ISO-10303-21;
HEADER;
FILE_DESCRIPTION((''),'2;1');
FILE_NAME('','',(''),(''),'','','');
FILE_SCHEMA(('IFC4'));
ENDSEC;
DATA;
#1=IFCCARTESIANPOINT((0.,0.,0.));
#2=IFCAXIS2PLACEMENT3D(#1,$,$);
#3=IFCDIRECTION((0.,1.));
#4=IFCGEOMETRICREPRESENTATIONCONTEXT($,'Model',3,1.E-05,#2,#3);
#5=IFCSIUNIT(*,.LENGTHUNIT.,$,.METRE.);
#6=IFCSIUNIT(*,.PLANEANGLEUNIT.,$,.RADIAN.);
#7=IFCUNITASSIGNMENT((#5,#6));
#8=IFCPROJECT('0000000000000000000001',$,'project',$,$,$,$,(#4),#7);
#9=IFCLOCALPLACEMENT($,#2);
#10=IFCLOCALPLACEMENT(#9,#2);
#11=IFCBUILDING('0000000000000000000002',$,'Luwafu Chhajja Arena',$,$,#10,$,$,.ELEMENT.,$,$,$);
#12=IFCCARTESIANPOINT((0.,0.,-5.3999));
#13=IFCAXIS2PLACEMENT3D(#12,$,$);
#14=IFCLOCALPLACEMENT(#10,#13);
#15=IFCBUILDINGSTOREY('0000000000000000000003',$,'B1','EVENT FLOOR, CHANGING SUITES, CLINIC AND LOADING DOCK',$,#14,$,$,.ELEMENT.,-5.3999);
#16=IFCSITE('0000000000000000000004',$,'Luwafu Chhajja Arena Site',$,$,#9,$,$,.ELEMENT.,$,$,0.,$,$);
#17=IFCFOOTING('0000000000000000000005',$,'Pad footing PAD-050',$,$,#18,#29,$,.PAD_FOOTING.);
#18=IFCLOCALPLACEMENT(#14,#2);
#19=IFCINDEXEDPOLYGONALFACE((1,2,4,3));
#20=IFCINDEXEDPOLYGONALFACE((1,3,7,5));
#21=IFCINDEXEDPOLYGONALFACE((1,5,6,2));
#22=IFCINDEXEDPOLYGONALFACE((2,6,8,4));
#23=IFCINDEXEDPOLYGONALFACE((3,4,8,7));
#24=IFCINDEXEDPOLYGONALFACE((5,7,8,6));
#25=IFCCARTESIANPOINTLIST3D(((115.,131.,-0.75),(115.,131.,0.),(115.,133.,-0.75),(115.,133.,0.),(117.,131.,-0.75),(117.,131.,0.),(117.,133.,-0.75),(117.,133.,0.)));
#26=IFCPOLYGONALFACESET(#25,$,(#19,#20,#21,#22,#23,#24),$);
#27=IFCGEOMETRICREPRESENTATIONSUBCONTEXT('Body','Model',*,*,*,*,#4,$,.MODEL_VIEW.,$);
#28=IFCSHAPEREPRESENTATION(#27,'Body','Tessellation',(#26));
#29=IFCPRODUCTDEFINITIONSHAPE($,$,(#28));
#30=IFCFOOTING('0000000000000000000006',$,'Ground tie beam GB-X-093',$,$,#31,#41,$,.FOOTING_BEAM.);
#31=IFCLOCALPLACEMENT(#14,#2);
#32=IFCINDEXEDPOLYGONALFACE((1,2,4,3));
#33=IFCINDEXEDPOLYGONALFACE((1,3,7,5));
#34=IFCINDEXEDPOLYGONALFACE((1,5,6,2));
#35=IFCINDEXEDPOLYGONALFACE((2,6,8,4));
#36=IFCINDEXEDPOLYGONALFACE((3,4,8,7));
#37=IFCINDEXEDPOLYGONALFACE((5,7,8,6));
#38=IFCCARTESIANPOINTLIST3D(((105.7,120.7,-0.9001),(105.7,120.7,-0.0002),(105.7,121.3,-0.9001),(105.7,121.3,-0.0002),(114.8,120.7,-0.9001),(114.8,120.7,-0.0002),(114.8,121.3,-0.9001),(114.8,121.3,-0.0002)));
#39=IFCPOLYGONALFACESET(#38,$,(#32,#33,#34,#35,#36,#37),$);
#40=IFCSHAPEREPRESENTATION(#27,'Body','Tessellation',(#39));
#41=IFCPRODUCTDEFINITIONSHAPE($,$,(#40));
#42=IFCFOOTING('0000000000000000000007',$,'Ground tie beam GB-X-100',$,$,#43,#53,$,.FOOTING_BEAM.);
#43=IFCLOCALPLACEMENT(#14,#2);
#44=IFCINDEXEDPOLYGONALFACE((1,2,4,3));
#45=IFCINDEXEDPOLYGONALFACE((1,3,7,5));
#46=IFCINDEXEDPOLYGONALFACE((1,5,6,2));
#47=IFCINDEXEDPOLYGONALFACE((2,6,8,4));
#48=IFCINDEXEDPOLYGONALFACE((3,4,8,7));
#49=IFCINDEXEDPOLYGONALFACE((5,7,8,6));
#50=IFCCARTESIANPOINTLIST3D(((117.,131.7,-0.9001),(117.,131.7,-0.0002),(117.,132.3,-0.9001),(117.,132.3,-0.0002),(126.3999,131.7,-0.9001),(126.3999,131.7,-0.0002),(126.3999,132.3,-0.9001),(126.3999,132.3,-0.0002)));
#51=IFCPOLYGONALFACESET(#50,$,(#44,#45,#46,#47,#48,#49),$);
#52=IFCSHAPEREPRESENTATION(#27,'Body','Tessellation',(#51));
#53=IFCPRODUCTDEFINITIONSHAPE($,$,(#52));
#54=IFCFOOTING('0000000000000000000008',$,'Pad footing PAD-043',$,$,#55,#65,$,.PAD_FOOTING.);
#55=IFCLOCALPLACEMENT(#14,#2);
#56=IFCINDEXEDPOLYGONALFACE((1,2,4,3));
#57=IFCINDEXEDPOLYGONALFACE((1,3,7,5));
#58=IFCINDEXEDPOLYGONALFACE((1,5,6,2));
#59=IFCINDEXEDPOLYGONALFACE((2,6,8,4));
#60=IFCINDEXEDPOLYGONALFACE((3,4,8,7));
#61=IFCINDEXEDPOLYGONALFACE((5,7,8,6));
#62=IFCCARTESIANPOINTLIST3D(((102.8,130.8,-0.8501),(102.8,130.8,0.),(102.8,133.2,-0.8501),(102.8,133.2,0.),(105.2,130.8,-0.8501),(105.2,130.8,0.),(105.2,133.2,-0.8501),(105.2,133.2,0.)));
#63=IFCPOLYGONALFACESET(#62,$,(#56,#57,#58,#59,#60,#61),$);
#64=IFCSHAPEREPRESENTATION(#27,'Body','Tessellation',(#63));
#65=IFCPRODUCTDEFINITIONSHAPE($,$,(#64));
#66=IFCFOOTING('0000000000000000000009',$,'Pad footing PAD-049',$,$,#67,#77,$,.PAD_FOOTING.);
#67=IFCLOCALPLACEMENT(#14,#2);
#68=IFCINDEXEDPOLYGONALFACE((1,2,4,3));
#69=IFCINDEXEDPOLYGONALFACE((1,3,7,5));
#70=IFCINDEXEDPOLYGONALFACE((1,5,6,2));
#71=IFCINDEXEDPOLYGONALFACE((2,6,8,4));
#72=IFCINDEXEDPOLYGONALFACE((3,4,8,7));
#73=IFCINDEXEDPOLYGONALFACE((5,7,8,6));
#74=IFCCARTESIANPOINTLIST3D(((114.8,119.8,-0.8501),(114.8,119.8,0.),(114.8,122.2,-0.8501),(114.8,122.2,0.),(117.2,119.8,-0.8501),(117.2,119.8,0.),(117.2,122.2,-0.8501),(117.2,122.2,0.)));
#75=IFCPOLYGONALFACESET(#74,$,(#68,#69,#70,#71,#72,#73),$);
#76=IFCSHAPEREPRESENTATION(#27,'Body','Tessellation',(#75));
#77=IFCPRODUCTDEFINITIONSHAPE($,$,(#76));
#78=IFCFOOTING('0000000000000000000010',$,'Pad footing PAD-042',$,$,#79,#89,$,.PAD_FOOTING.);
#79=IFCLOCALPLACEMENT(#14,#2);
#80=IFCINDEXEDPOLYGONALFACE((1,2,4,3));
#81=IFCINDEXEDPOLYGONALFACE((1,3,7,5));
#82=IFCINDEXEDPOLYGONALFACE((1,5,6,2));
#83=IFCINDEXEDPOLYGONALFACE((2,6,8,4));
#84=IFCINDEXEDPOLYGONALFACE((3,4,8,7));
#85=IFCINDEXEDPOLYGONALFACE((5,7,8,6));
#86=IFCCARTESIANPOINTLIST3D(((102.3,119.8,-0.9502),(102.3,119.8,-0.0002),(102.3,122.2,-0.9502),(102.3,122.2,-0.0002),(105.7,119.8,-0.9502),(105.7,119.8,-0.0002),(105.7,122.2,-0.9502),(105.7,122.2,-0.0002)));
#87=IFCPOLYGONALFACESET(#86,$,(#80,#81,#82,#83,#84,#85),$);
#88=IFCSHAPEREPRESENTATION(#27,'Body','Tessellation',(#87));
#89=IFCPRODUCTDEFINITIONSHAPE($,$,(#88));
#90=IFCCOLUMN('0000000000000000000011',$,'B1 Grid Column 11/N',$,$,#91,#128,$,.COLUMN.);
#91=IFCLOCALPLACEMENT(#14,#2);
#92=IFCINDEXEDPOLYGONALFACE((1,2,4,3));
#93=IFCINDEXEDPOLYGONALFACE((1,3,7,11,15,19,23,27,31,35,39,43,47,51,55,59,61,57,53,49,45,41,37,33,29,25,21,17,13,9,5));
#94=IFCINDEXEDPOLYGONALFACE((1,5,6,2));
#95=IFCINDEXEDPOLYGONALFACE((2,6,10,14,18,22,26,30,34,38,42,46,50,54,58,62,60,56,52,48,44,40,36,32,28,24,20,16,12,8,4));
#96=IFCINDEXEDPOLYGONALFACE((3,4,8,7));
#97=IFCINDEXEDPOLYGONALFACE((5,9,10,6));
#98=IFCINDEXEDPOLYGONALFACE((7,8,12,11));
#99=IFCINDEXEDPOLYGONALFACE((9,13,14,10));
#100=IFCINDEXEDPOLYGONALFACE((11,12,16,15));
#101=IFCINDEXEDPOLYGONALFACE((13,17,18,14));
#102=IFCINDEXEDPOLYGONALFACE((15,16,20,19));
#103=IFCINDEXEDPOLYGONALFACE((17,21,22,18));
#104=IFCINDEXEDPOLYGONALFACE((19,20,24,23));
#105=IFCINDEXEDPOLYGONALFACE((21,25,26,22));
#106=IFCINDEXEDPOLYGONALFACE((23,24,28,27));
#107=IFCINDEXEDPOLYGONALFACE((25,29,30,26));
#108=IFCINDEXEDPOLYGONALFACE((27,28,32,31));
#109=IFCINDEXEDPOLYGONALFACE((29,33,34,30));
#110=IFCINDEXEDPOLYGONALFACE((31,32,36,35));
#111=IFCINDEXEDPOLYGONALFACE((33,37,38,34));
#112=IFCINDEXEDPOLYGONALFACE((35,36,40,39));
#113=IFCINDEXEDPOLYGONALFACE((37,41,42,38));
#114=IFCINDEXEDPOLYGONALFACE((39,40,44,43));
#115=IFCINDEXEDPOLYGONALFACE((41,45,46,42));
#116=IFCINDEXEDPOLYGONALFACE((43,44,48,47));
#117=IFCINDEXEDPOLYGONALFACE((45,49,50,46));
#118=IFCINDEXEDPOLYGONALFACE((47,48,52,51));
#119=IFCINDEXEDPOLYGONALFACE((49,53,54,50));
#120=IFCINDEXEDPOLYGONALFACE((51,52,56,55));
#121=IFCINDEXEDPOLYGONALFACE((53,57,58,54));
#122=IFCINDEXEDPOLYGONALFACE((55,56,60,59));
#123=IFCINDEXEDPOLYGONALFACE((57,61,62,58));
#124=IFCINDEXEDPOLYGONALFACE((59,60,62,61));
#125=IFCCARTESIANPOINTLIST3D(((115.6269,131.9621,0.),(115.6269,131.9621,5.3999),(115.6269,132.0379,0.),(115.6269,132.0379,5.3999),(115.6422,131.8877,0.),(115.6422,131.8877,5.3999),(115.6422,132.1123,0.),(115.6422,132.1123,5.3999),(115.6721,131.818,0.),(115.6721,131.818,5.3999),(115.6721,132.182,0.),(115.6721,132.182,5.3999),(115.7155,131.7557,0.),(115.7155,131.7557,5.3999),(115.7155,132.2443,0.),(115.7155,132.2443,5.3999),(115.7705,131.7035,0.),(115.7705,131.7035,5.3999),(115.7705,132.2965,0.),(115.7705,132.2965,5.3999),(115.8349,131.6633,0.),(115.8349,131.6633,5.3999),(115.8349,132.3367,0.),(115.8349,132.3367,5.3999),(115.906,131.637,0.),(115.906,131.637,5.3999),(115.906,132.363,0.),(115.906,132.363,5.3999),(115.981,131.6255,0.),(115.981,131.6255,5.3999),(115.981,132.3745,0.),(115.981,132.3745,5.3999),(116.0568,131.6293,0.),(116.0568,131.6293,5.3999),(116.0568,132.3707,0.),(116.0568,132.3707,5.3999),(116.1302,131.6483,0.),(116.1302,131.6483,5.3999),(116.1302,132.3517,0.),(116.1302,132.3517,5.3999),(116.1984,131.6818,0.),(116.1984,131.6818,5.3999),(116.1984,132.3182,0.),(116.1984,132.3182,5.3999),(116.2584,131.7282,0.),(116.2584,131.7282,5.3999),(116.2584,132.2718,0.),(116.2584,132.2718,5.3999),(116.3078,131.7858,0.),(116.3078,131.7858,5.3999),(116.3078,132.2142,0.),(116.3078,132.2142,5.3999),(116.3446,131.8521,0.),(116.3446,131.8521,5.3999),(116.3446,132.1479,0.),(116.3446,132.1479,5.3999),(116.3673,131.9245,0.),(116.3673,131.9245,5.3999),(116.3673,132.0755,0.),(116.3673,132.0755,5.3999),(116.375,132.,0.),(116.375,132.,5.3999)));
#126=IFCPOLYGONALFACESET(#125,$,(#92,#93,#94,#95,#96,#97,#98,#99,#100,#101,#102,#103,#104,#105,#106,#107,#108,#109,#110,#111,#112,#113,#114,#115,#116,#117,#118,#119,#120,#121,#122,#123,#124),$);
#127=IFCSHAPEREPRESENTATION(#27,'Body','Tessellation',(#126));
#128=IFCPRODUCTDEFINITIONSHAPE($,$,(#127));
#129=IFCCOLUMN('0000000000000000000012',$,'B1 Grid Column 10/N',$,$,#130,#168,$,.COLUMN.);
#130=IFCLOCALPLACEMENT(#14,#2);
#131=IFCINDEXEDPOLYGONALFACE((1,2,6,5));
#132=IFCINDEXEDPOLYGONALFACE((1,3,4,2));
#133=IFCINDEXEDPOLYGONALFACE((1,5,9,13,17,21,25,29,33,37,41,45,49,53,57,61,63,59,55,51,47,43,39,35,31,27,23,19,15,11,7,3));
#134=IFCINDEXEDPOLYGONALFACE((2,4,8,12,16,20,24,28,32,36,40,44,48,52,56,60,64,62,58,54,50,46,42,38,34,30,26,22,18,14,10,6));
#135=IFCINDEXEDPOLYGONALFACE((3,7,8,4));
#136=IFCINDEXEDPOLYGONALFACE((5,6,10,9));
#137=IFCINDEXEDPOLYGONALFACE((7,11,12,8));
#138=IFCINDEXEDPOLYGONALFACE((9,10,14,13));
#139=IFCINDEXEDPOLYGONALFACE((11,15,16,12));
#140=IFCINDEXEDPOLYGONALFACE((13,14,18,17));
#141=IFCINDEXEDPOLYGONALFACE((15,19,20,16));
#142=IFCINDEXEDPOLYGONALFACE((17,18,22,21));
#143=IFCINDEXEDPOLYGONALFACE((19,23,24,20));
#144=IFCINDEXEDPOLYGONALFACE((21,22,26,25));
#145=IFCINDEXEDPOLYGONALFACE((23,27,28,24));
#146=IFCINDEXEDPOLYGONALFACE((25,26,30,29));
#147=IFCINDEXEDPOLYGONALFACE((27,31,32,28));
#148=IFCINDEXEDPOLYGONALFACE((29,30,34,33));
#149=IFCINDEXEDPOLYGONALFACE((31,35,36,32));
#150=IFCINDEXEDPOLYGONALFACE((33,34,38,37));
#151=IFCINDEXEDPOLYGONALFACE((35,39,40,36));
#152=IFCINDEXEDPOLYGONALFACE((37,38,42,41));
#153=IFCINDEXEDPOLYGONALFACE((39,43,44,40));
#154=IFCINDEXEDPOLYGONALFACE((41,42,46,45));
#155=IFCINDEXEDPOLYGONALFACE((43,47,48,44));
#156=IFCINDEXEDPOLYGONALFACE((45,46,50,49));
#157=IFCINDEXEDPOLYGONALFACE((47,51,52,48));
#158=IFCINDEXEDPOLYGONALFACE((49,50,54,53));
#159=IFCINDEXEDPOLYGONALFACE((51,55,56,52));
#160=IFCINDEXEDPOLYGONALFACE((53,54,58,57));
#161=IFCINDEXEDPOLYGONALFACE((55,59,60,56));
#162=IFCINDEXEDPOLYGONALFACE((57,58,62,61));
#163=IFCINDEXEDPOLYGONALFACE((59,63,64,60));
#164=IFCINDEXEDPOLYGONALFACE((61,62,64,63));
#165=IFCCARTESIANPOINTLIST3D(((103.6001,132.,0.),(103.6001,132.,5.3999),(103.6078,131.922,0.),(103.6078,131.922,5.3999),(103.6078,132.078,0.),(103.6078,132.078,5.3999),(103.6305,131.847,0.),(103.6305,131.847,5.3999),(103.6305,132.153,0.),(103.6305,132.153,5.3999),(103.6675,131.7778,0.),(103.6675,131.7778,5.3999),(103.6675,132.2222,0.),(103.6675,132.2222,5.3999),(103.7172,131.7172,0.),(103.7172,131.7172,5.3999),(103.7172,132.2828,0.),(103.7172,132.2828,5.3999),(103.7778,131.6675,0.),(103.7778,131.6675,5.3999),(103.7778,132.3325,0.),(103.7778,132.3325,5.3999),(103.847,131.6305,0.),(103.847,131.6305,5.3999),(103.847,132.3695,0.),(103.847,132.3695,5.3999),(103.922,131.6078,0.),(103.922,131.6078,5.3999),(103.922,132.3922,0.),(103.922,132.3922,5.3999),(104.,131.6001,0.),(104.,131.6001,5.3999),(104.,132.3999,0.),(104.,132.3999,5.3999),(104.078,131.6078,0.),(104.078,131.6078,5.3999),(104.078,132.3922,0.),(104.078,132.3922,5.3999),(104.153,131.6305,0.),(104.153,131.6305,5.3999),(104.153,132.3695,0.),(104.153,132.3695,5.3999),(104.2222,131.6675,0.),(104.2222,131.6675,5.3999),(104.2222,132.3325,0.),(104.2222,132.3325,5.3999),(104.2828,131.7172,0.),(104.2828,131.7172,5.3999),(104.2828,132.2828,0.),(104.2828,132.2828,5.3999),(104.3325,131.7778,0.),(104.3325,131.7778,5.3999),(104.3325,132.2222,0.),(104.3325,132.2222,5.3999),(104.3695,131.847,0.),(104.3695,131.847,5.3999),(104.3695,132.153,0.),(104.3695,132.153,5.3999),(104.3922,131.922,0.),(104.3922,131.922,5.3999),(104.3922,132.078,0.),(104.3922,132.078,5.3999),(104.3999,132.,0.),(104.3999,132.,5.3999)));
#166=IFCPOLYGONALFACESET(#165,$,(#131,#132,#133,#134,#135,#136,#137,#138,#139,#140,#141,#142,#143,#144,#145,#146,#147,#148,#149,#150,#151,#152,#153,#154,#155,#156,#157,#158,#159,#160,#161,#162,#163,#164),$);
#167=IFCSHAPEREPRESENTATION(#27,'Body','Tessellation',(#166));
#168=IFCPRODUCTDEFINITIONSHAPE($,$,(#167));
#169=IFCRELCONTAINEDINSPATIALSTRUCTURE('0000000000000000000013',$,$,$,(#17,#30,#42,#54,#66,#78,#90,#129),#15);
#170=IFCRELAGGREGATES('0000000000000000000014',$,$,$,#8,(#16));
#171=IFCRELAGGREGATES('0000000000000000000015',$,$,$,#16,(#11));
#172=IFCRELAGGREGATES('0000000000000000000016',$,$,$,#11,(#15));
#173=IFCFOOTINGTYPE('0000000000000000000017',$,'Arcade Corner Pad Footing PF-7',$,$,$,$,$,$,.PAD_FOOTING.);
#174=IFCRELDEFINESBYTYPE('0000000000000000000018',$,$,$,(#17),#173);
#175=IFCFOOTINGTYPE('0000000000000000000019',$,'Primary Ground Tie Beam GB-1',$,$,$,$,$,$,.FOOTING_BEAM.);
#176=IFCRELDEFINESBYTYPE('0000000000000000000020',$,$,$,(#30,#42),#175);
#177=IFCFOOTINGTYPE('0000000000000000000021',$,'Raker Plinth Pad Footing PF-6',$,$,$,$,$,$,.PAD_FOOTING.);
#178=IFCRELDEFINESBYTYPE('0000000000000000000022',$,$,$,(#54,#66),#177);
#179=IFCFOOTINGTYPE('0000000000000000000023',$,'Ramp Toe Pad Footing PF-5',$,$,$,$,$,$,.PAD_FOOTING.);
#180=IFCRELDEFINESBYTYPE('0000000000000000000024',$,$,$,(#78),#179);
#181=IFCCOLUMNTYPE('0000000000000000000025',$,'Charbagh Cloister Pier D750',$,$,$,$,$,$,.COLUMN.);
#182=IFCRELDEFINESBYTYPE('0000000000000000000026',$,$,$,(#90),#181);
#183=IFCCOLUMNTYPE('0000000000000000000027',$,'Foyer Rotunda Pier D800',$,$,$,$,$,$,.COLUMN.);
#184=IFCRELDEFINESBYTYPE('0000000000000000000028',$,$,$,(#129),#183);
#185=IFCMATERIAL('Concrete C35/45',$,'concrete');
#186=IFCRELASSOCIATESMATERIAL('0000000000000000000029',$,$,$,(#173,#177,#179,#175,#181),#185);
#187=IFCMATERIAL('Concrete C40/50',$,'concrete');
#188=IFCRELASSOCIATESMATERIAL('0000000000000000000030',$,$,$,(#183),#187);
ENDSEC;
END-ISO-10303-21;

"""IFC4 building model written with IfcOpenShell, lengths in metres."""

from ifc_helpers import new_model, si_unit, direction, frame, origin, origin_2d, place, context, subcontext, project, spatial, rectangle, circle, extrude, material, material_profile, profile_set, type_object, element, save


model = new_model("IFC4")

# Units and contexts
model_context = context("Model", 3, precision=1e-05, world=origin(), true_north=direction((0.0, 1.0)))
body_context = subcontext(model_context, "Body", "Model", "MODEL_VIEW")
ifc_project = project(units=[si_unit("LENGTHUNIT", "METRE"), si_unit("PLANEANGLEUNIT", "RADIAN")], contexts=[model_context])

# Site, building, storey
site_placement = place(None, origin())
site = spatial("IfcSite", under=ifc_project, at=site_placement, Name="Luwafu Chhajja Arena Site", CompositionType="ELEMENT", RefElevation=0.0)
building_placement = place(site_placement, origin())
building = spatial("IfcBuilding", under=site, at=building_placement, Name="Luwafu Chhajja Arena", CompositionType="ELEMENT")
storey_placement = place(building_placement, frame((0.0, 0.0, -5.3999)))
storey = spatial("IfcBuildingStorey", under=building, at=storey_placement, Name="B1", Description="EVENT FLOOR, CHANGING SUITES, CLINIC AND LOADING DOCK", CompositionType="ELEMENT", Elevation=-5.3999)

# Footings
ifc_material_1 = material(Name="Concrete C35/45", Category="concrete")
footing_type_1 = type_object("IfcFootingType", Name="Arcade Corner Pad Footing PF-7", PredefinedType="PAD_FOOTING", material=ifc_material_1)
footing_1_placement = place(storey_placement, frame((116.0, 132.0, -0.75), z_axis=(0.0, 0.0, 1.0), x_axis=(1.0, 0.0, 0.0)))
element("IfcFooting", 1, at=footing_1_placement, inside=storey, type_object=footing_type_1, Name="Pad footing PAD-050", PredefinedType="PAD_FOOTING", context=body_context, shape_type="SweptSolid", body=[
    extrude(rectangle(XDim=2.0, YDim=2.0, at=origin_2d()), origin(), (0.0, 0.0, 1.0), 0.75),
])
ifc_material_profile_1 = material_profile(ifc_material_1, rectangle(XDim=0.6001, YDim=0.8999, at=origin_2d()), Name="RC 600x900")
ifc_profile_set_1 = profile_set([ifc_material_profile_1], Name="Concrete C35/45")
footing_type_2 = type_object("IfcFootingType", Name="Primary Ground Tie Beam GB-1", PredefinedType="FOOTING_BEAM", material=ifc_profile_set_1)
footing_2_placement = place(storey_placement, frame((105.7, 121.0, -0.4502), z_axis=(1.0, 0.0, 0.0), x_axis=(0.0, 1.0, 0.0)))
element("IfcFooting", 2, at=footing_2_placement, inside=storey, type_object=footing_type_2, Name="Ground tie beam GB-X-093", PredefinedType="FOOTING_BEAM", context=body_context, shape_type="SweptSolid", body=[
    extrude(rectangle(XDim=0.6001, YDim=0.8999, at=origin_2d()), origin(), (0.0, 0.0, 1.0), 9.1001),
])
footing_3_placement = place(storey_placement, frame((117.0, 132.0, -0.4502), z_axis=(1.0, 0.0, 0.0), x_axis=(0.0, 1.0, 0.0)))
element("IfcFooting", 3, at=footing_3_placement, inside=storey, type_object=footing_type_2, Name="Ground tie beam GB-X-100", PredefinedType="FOOTING_BEAM", context=body_context, shape_type="SweptSolid", body=[
    extrude(rectangle(XDim=0.6001, YDim=0.8999, at=origin_2d()), origin(), (0.0, 0.0, 1.0), 9.3999),
])
footing_type_3 = type_object("IfcFootingType", Name="Raker Plinth Pad Footing PF-6", PredefinedType="PAD_FOOTING", material=ifc_material_1)
for number, where, z_axis, x_axis, name in (
    (4, (104.0, 132.0, -0.8501), (0.0, 0.0, 1.0), (1.0, 0.0, 0.0), "Pad footing PAD-043"),
    (5, (116.0, 121.0, -0.8501), (0.0, 0.0, 1.0), (1.0, 0.0, 0.0), "Pad footing PAD-049"),
):
    element("IfcFooting", number, at=place(storey_placement, frame(where, z_axis=z_axis, x_axis=x_axis)), inside=storey, type_object=footing_type_3, Name=name, PredefinedType="PAD_FOOTING", context=body_context, shape_type="SweptSolid", body=[
        extrude(rectangle(XDim=2.3999, YDim=2.3999, at=origin_2d()), origin(), (0.0, 0.0, 1.0), 0.8501),
    ])
footing_type_4 = type_object("IfcFootingType", Name="Ramp Toe Pad Footing PF-5", PredefinedType="PAD_FOOTING", material=ifc_material_1)
footing_4_placement = place(storey_placement, frame((104.0, 121.0, -0.9502), z_axis=(0.0, 0.0, 1.0), x_axis=(1.0, 0.0, 0.0)))
element("IfcFooting", 6, at=footing_4_placement, inside=storey, type_object=footing_type_4, Name="Pad footing PAD-042", PredefinedType="PAD_FOOTING", context=body_context, shape_type="SweptSolid", body=[
    extrude(rectangle(XDim=3.3999, YDim=2.3999, at=origin_2d()), origin(), (0.0, 0.0, 1.0), 0.95),
])

# Columns
ifc_material_profile_2 = material_profile(ifc_material_1, circle(Radius=0.375, at=origin_2d()), Name="RC COL D750")
ifc_profile_set_2 = profile_set([ifc_material_profile_2], Name="Concrete C35/45")
column_type_1 = type_object("IfcColumnType", Name="Charbagh Cloister Pier D750", PredefinedType="COLUMN", material=ifc_profile_set_2)
column_1_placement = place(storey_placement, frame((116.0, 132.0, 0.0), z_axis=(0.0, 0.0, 1.0), x_axis=(1.0, 0.0, 0.0)))
element("IfcColumn", 7, at=column_1_placement, inside=storey, type_object=column_type_1, Name="B1 Grid Column 11/N", PredefinedType="COLUMN", context=body_context, shape_type="SweptSolid", body=[
    extrude(circle(Radius=0.375, at=origin_2d()), origin(), (0.0, 0.0, 1.0), 5.3999),
])
ifc_material_2 = material(Name="Concrete C40/50", Category="concrete")
ifc_material_profile_3 = material_profile(ifc_material_2, circle(Radius=0.3999, at=origin_2d()), Name="RC COL D800")
ifc_profile_set_3 = profile_set([ifc_material_profile_3], Name="Concrete C40/50")
column_type_2 = type_object("IfcColumnType", Name="Foyer Rotunda Pier D800", PredefinedType="COLUMN", material=ifc_profile_set_3)
for number, where, z_axis, x_axis, name in (
    (8, (104.0, 132.0, 0.0), (0.0, 0.0, 1.0), (1.0, 0.0, 0.0), "B1 Grid Column 10/N"),
):
    element("IfcColumn", number, at=place(storey_placement, frame(where, z_axis=z_axis, x_axis=x_axis)), inside=storey, type_object=column_type_2, Name=name, PredefinedType="COLUMN", context=body_context, shape_type="SweptSolid", body=[
        extrude(circle(Radius=0.3999, at=origin_2d()), origin(), (0.0, 0.0, 1.0), 5.3999),
    ])

save(model, "model.ifc")
